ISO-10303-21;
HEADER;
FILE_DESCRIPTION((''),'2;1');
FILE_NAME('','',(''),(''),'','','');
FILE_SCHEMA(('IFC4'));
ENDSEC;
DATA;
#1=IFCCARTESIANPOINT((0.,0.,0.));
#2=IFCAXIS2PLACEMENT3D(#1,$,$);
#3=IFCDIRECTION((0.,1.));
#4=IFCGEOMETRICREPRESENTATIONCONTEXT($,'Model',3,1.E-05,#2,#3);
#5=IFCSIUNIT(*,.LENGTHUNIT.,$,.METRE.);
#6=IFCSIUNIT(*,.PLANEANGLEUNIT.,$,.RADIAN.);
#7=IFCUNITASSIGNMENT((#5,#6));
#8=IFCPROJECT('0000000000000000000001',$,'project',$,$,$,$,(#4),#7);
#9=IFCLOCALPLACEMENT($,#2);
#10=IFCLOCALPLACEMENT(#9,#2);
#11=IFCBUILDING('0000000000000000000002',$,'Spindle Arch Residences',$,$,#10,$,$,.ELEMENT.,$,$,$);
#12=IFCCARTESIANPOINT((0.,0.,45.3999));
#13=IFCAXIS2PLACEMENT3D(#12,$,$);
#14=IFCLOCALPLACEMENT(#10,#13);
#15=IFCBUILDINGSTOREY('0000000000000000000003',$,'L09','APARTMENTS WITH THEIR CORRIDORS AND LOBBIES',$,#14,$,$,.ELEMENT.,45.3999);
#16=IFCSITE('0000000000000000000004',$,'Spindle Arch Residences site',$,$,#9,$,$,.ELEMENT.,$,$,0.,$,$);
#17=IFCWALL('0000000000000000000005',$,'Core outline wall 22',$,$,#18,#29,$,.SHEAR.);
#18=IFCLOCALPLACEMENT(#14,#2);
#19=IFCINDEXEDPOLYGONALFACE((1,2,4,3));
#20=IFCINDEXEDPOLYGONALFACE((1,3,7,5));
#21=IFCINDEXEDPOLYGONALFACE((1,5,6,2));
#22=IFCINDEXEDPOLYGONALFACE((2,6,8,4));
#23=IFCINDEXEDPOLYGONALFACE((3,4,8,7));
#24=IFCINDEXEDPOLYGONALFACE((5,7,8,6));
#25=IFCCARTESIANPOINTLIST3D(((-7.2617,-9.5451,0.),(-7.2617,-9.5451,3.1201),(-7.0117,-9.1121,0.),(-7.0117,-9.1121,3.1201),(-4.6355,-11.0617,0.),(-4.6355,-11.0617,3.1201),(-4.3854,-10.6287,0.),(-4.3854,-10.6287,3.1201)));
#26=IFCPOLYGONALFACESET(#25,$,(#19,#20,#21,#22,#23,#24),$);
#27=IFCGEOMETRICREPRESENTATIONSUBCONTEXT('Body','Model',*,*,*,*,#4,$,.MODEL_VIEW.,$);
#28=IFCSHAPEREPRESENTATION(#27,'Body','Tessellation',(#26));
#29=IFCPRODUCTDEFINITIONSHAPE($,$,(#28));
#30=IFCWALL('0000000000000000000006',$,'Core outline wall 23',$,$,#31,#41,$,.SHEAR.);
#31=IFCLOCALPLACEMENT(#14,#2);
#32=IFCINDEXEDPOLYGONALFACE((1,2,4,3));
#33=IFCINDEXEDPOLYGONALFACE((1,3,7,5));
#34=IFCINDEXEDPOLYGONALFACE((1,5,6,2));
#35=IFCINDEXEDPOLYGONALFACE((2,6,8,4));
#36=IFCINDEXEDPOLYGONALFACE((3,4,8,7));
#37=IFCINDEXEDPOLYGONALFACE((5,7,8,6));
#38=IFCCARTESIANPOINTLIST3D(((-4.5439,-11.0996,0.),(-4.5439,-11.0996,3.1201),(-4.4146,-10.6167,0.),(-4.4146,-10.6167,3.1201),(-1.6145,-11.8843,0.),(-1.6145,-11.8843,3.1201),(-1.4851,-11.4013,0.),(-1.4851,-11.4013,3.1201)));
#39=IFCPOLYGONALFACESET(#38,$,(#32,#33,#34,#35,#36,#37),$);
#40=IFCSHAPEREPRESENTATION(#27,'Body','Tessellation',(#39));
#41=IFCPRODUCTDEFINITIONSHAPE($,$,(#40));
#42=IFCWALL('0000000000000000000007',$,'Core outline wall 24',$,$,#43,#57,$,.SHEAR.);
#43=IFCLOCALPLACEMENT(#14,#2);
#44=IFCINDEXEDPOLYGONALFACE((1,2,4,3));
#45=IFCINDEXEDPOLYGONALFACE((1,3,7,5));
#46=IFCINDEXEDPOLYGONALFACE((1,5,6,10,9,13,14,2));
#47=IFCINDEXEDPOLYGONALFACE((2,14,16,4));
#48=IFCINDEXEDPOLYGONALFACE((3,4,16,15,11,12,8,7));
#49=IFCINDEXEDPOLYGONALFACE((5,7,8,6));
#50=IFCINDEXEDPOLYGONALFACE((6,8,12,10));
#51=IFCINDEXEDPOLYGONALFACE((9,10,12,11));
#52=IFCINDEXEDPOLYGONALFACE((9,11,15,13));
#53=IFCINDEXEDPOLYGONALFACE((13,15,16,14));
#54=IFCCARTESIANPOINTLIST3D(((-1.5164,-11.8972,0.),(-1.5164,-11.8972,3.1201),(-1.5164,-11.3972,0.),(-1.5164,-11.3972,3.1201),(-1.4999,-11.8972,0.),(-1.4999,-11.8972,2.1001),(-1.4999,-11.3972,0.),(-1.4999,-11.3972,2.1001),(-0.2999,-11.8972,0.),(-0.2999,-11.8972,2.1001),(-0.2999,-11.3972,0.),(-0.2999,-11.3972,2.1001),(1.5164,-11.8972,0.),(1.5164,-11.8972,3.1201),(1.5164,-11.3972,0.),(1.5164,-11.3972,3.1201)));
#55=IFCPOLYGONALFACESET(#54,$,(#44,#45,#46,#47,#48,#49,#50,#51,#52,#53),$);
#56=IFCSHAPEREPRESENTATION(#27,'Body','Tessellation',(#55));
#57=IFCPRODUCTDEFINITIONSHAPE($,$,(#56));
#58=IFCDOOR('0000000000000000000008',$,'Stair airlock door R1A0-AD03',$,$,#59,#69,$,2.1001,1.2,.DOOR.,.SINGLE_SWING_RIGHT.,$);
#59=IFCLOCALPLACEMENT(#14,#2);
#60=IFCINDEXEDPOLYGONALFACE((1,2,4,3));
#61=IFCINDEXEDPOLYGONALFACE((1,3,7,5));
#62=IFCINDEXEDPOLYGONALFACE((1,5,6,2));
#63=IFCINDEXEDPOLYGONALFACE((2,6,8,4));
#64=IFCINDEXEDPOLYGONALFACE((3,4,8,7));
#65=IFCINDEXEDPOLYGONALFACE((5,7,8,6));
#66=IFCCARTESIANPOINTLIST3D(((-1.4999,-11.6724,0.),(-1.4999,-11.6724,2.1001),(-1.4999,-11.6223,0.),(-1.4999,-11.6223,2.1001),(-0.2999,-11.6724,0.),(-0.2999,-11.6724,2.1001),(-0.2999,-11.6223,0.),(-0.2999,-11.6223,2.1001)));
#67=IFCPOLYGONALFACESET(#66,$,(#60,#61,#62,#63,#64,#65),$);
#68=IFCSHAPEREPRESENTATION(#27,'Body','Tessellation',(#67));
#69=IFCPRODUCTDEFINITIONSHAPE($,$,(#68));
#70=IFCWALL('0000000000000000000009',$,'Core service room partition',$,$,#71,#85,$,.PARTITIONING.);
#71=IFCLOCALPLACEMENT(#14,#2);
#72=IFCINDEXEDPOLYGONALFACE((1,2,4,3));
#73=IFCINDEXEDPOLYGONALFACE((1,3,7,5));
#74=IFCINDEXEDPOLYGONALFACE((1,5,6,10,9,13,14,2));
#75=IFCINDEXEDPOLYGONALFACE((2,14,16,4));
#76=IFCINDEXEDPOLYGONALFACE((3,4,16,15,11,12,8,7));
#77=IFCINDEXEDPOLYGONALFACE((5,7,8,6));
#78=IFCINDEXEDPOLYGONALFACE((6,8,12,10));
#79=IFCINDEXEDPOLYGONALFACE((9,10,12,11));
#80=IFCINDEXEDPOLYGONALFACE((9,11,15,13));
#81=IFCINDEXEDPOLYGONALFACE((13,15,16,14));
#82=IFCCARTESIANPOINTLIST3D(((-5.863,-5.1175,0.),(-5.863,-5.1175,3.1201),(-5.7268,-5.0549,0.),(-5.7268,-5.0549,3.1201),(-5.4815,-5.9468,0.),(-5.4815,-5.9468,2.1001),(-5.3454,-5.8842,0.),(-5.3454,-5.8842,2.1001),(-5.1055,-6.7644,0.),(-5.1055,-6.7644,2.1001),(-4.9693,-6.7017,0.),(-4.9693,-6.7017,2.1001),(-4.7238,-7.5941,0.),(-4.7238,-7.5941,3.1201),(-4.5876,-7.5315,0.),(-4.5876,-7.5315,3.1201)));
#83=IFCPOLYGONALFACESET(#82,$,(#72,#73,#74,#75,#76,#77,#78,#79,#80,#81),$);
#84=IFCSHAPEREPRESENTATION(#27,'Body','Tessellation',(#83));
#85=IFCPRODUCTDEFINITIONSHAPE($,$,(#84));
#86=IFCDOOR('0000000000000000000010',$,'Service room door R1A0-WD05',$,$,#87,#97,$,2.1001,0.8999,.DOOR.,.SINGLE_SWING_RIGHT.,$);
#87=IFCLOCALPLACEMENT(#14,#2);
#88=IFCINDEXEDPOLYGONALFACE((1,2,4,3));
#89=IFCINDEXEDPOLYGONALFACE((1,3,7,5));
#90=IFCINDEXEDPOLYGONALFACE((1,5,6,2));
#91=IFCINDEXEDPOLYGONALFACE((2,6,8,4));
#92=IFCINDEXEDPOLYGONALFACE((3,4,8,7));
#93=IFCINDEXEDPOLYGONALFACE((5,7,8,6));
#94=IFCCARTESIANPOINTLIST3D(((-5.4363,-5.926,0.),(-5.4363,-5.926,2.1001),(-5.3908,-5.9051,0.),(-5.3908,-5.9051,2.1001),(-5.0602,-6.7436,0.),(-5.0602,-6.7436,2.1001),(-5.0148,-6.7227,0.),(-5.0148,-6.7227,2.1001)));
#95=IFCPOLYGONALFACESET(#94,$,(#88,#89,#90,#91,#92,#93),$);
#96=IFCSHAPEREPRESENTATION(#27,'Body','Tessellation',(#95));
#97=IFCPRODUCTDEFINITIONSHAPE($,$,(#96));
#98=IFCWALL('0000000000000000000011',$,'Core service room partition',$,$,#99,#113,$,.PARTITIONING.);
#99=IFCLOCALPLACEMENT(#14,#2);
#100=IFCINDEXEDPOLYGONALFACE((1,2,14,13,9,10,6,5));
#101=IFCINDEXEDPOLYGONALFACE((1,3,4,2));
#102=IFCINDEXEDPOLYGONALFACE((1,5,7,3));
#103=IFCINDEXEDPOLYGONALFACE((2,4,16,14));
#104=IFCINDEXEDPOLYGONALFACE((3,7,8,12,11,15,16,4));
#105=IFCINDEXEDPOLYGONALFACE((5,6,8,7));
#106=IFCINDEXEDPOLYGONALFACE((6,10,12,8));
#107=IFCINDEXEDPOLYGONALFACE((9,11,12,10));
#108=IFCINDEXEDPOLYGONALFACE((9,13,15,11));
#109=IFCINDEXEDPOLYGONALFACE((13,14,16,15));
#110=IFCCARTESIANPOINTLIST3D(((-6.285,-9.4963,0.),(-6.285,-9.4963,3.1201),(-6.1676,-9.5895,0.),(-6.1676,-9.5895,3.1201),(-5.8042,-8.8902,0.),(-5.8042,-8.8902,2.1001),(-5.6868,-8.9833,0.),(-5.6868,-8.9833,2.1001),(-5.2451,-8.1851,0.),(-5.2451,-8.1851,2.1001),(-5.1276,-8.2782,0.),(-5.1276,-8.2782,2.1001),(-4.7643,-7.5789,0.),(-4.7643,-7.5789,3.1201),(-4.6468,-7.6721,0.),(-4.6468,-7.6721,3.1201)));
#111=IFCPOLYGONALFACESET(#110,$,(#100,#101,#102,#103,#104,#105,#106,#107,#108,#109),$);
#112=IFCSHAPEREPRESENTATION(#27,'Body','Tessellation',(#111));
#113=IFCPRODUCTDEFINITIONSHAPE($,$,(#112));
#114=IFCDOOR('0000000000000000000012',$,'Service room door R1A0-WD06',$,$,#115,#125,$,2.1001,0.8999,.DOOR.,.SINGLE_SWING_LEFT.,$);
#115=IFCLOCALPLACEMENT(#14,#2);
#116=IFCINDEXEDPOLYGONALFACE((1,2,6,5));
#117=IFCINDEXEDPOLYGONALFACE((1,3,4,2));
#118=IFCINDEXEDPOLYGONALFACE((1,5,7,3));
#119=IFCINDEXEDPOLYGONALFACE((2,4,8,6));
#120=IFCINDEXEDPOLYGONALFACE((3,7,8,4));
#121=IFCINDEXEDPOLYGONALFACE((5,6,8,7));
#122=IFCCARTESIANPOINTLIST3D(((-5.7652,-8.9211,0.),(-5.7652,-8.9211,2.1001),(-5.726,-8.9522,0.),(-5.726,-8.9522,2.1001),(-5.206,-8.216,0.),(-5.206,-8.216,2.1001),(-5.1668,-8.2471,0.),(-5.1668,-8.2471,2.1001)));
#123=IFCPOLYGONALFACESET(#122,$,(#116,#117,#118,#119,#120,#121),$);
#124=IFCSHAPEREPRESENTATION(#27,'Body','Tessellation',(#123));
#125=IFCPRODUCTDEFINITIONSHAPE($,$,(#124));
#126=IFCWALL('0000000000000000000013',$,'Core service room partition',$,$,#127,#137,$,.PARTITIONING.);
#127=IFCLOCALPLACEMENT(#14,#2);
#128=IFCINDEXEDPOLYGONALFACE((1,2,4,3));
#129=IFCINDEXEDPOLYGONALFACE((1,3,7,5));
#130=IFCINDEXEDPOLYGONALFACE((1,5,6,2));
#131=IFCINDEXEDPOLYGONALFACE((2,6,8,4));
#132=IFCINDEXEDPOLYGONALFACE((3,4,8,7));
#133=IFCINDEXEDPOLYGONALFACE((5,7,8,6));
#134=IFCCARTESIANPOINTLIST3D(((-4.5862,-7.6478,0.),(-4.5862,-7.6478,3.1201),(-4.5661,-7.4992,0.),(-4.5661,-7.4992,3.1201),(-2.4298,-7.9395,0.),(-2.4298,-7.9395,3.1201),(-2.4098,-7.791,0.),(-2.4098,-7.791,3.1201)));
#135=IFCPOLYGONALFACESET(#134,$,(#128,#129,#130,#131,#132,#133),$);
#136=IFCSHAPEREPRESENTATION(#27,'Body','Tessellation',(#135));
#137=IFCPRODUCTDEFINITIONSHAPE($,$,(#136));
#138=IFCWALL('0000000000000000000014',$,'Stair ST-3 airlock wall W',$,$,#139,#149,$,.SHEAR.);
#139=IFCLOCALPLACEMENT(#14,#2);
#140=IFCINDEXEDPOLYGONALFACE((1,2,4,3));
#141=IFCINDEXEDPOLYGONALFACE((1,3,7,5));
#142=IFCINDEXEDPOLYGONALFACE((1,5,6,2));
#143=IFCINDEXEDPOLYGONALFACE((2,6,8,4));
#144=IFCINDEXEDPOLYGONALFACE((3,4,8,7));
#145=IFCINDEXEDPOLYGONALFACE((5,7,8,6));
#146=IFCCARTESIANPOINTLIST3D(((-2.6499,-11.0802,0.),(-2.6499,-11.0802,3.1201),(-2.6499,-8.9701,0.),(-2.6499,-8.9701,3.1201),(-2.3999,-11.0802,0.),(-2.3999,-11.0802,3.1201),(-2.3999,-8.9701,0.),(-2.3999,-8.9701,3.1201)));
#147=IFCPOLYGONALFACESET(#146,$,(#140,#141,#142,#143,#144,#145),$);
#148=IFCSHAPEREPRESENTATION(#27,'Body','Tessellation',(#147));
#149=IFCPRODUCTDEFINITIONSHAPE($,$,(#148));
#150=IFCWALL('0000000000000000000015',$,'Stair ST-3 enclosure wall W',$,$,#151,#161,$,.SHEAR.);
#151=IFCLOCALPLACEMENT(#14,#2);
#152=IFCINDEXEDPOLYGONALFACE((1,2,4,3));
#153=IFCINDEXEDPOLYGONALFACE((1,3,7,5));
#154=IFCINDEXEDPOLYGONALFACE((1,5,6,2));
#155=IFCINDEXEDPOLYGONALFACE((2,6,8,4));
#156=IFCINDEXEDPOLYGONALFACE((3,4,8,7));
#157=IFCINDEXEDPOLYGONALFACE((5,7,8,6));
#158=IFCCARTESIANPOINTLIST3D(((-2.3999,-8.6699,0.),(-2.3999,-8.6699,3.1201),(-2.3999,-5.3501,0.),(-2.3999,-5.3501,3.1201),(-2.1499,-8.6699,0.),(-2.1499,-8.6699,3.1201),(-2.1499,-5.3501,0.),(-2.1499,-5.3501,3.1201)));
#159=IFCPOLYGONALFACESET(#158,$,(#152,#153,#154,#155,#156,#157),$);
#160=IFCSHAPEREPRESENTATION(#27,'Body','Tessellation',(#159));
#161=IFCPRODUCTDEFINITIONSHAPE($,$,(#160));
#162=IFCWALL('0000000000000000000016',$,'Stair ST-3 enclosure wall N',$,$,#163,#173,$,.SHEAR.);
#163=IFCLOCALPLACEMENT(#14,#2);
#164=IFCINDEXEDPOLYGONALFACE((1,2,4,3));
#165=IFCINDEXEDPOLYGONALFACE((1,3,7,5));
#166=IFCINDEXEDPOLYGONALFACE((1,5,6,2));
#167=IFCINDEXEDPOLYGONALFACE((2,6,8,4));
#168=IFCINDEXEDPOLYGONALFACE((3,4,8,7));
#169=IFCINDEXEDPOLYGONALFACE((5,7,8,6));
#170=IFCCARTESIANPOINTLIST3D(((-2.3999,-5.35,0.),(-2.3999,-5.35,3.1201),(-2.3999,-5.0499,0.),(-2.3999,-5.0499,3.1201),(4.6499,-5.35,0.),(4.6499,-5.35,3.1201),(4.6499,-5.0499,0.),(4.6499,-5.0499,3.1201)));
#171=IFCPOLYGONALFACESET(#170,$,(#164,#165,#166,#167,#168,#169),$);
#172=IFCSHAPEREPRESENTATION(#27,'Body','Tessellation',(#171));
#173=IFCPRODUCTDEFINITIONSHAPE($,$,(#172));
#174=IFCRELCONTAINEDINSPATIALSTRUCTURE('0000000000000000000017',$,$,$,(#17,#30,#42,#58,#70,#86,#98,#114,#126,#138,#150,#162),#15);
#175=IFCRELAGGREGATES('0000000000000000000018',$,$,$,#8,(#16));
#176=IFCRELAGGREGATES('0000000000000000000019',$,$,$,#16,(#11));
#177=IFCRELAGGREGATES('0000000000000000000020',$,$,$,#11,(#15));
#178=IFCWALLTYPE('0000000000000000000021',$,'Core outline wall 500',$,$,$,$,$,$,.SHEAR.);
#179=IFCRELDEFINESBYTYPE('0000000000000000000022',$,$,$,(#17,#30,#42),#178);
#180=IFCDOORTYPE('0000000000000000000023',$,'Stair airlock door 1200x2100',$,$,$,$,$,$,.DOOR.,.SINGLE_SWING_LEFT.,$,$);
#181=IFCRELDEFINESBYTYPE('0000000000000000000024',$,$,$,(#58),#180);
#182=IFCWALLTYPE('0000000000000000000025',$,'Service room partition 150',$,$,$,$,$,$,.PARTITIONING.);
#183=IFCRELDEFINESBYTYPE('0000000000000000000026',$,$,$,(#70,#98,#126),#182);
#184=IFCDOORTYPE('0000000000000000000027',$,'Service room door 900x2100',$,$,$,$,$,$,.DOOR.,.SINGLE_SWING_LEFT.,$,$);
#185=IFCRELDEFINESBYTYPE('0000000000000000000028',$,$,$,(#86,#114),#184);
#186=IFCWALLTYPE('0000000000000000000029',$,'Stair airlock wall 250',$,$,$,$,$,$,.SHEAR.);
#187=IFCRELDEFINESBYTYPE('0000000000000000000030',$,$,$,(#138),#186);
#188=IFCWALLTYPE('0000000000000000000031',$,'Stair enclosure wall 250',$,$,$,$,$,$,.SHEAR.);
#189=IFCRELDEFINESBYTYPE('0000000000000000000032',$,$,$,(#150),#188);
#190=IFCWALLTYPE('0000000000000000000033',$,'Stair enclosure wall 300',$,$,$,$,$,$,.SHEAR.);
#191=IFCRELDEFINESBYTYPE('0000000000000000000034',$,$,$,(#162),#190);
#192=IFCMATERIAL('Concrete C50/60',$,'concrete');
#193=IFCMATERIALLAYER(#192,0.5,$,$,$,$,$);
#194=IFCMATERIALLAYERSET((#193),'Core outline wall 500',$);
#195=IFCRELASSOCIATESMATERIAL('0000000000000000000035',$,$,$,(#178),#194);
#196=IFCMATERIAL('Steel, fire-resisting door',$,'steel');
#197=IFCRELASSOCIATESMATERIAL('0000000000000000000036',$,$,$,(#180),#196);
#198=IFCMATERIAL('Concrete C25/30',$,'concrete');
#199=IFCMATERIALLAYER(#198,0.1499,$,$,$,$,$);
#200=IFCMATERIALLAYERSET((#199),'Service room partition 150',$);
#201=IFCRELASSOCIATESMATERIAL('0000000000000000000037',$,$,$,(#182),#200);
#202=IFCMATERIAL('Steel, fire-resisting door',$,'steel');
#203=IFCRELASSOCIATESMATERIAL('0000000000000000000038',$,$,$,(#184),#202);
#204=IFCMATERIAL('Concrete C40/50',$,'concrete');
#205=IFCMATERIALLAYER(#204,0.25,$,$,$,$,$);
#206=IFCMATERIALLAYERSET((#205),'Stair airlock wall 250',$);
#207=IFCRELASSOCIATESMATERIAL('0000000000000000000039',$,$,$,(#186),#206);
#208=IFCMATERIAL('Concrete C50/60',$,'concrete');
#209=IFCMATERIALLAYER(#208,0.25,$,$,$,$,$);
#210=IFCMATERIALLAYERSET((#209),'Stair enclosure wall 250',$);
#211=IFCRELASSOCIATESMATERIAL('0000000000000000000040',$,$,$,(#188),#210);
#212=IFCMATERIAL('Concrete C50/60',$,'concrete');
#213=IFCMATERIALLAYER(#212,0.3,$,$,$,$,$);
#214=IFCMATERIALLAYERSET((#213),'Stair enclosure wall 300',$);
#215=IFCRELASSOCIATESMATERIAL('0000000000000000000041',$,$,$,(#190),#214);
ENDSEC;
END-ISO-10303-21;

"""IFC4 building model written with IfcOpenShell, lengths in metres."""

from ifc_helpers import new_model, si_unit, direction, frame, frame_2d, origin, place, context, subcontext, project, spatial, rectangle, extrude, material, layer, layer_set, type_object, element, fill, save


model = new_model("IFC4")

# Units and contexts
model_context = context("Model", 3, precision=1e-05, world=origin(), true_north=direction((0.0, 1.0)))
body_context = subcontext(model_context, "Body", "Model", "MODEL_VIEW")
ifc_project = project(units=[si_unit("LENGTHUNIT", "METRE"), si_unit("PLANEANGLEUNIT", "RADIAN")], contexts=[model_context])

# Site, building, storey
site_placement = place(None, origin())
site = spatial("IfcSite", under=ifc_project, at=site_placement, Name="Spindle Arch Residences site", CompositionType="ELEMENT", RefElevation=0.0)
building_placement = place(site_placement, origin())
building = spatial("IfcBuilding", under=site, at=building_placement, Name="Spindle Arch Residences", CompositionType="ELEMENT")
storey_placement = place(building_placement, frame((0.0, 0.0, 45.3999)))
storey = spatial("IfcBuildingStorey", under=building, at=storey_placement, Name="L09", Description="APARTMENTS WITH THEIR CORRIDORS AND LOBBIES", CompositionType="ELEMENT", Elevation=45.3999)

# Walls
ifc_material_1 = material(Name="Concrete C50/60", Category="concrete")
ifc_layer_1 = layer(ifc_material_1, 0.5)
ifc_layer_set_1 = layer_set([ifc_layer_1], Name="Core outline wall 500")
wall_type_1 = type_object("IfcWallType", Name="Core outline wall 500", PredefinedType="SHEAR", material=ifc_layer_set_1)
for number, where, z_axis, x_axis, name in (
    (1, (-7.1367, -9.3286, 0.0), (0.0, 0.0, 1.0), (0.865975, -0.500087, 0.0), "Core outline wall 22"),
    (2, (-4.4792, -10.8582, 0.0), (0.0, 0.0, 1.0), (0.965948, -0.258735, 0.0), "Core outline wall 23"),
):
    element("IfcWall", number, at=place(storey_placement, frame(where, z_axis=z_axis, x_axis=x_axis)), inside=storey, type_object=wall_type_1, Name=name, PredefinedType="SHEAR", context=body_context, shape_type="SweptSolid", body=[
        extrude(rectangle(XDim=3.0327, YDim=0.5, at=frame_2d((1.5164, 0.0))), origin(), (0.0, 0.0, 1.0), 3.1201),
    ])

# Walls, openings, doors
wall_1_placement = place(storey_placement, frame((-1.5164, -11.6472, 0.0), z_axis=(0.0, 0.0, 1.0), x_axis=(1.0, 0.0, 0.0)))
wall_1 = element("IfcWall", 3, at=wall_1_placement, inside=storey, type_object=wall_type_1, Name="Core outline wall 24", PredefinedType="SHEAR", context=body_context, shape_type="SweptSolid", body=[
    extrude(rectangle(XDim=3.0327, YDim=0.5, at=frame_2d((1.5164, 0.0))), origin(), (0.0, 0.0, 1.0), 3.1201),
])
opening_1_placement = place(wall_1_placement, frame((0.0164, 0.0, 0.0)))
opening_1 = element("IfcOpeningElement", 4, at=opening_1_placement, cuts=wall_1, PredefinedType="OPENING", context=body_context, shape_type="SweptSolid", body=[
    extrude(rectangle(XDim=1.2, YDim=2.1001, at=frame_2d((0.6001, 1.05))), frame((0.0, 0.26, 0.0), z_axis=(0.0, -1.0, 0.0), x_axis=(1.0, 0.0, 0.0)), (0.0, 0.0, 1.0), 0.52),
])
ifc_material_2 = material(Name="Steel, fire-resisting door", Category="steel")
door_type_1 = type_object("IfcDoorType", Name="Stair airlock door 1200x2100", OperationType="SINGLE_SWING_LEFT", PredefinedType="DOOR", material=ifc_material_2)
door_1_placement = place(opening_1_placement, origin())
door_1 = element("IfcDoor", 5, at=door_1_placement, inside=storey, type_object=door_type_1, Name="Stair airlock door R1A0-AD03", OperationType="SINGLE_SWING_RIGHT", OverallHeight=2.1001, OverallWidth=1.2, PredefinedType="DOOR", context=body_context, shape_type="SweptSolid", body=[
    extrude(rectangle(XDim=1.2, YDim=2.1001, at=frame_2d((0.6001, 1.05))), frame((0.0, 0.0249, 0.0), z_axis=(0.0, -1.0, 0.0), x_axis=(1.0, 0.0, 0.0)), (0.0, 0.0, 1.0), 0.05),
])
fill(opening_1, door_1)
ifc_material_3 = material(Name="Concrete C25/30", Category="concrete")
ifc_layer_2 = layer(ifc_material_3, 0.1499)
ifc_layer_set_2 = layer_set([ifc_layer_2], Name="Service room partition 150")
wall_type_2 = type_object("IfcWallType", Name="Service room partition 150", PredefinedType="PARTITIONING", material=ifc_layer_set_2)
wall_2_placement = place(storey_placement, frame((-5.7949, -5.0862, 0.0), z_axis=(0.0, 0.0, 1.0), x_axis=(0.417888, -0.908499, 0.0)))
wall_2 = element("IfcWall", 6, at=wall_2_placement, inside=storey, type_object=wall_type_2, Name="Core service room partition", PredefinedType="PARTITIONING", context=body_context, shape_type="SweptSolid", body=[
    extrude(rectangle(XDim=2.7261, YDim=0.1499, at=frame_2d((1.363, 0.0))), origin(), (0.0, 0.0, 1.0), 3.1201),
])
opening_2_placement = place(wall_2_placement, frame((0.9128, 0.0, 0.0)))
opening_2 = element("IfcOpeningElement", 7, at=opening_2_placement, cuts=wall_2, PredefinedType="OPENING", context=body_context, shape_type="SweptSolid", body=[
    extrude(rectangle(XDim=0.8999, YDim=2.1001, at=frame_2d((0.45, 1.05))), frame((0.0, 0.085, 0.0), z_axis=(0.0, -1.0, 0.0), x_axis=(1.0, 0.0, 0.0)), (0.0, 0.0, 1.0), 0.1699),
])
ifc_material_4 = material(Name="Steel, fire-resisting door", Category="steel")
door_type_2 = type_object("IfcDoorType", Name="Service room door 900x2100", OperationType="SINGLE_SWING_LEFT", PredefinedType="DOOR", material=ifc_material_4)
door_2_placement = place(opening_2_placement, origin())
door_2 = element("IfcDoor", 8, at=door_2_placement, inside=storey, type_object=door_type_2, Name="Service room door R1A0-WD05", OperationType="SINGLE_SWING_RIGHT", OverallHeight=2.1001, OverallWidth=0.8999, PredefinedType="DOOR", context=body_context, shape_type="SweptSolid", body=[
    extrude(rectangle(XDim=0.8999, YDim=2.1001, at=frame_2d((0.45, 1.05))), frame((0.0, 0.0249, 0.0), z_axis=(0.0, -1.0, 0.0), x_axis=(1.0, 0.0, 0.0)), (0.0, 0.0, 1.0), 0.05),
])
fill(opening_2, door_2)
wall_3_placement = place(storey_placement, frame((-4.7056, -7.6255, 0.0), z_axis=(0.0, 0.0, 1.0), x_axis=(-0.621393, -0.783499, 0.0)))
wall_3 = element("IfcWall", 9, at=wall_3_placement, inside=storey, type_object=wall_type_2, Name="Core service room partition", PredefinedType="PARTITIONING", context=body_context, shape_type="SweptSolid", body=[
    extrude(rectangle(XDim=2.4473, YDim=0.1499, at=frame_2d((1.2236, 0.0))), origin(), (0.0, 0.0, 1.0), 3.1201),
])
opening_3_placement = place(wall_3_placement, frame((0.7737, 0.0, 0.0)))
opening_3 = element("IfcOpeningElement", 10, at=opening_3_placement, cuts=wall_3, PredefinedType="OPENING", context=body_context, shape_type="SweptSolid", body=[
    extrude(rectangle(XDim=0.8999, YDim=2.1001, at=frame_2d((0.45, 1.05))), frame((0.0, 0.085, 0.0), z_axis=(0.0, -1.0, 0.0), x_axis=(1.0, 0.0, 0.0)), (0.0, 0.0, 1.0), 0.1699),
])
door_3_placement = place(opening_3_placement, origin())
door_3 = element("IfcDoor", 11, at=door_3_placement, inside=storey, type_object=door_type_2, Name="Service room door R1A0-WD06", OperationType="SINGLE_SWING_LEFT", OverallHeight=2.1001, OverallWidth=0.8999, PredefinedType="DOOR", context=body_context, shape_type="SweptSolid", body=[
    extrude(rectangle(XDim=0.8999, YDim=2.1001, at=frame_2d((0.45, 1.05))), frame((0.0, 0.0249, 0.0), z_axis=(0.0, -1.0, 0.0), x_axis=(1.0, 0.0, 0.0)), (0.0, 0.0, 1.0), 0.05),
])
fill(opening_3, door_3)

# Walls
wall_4_placement = place(storey_placement, frame((-2.4199, -7.8652, 0.0), z_axis=(0.0, 0.0, 1.0), x_axis=(-0.990972, 0.134067, 0.0)))
element("IfcWall", 12, at=wall_4_placement, inside=storey, type_object=wall_type_2, Name="Core service room partition", PredefinedType="PARTITIONING", context=body_context, shape_type="SweptSolid", body=[
    extrude(rectangle(XDim=2.176, YDim=0.1499, at=frame_2d((1.0879, 0.0))), origin(), (0.0, 0.0, 1.0), 3.1201),
])
ifc_material_5 = material(Name="Concrete C40/50", Category="concrete")
ifc_layer_3 = layer(ifc_material_5, 0.25)
ifc_layer_set_3 = layer_set([ifc_layer_3], Name="Stair airlock wall 250")
wall_type_3 = type_object("IfcWallType", Name="Stair airlock wall 250", PredefinedType="SHEAR", material=ifc_layer_set_3)
wall_5_placement = place(storey_placement, frame((-2.5249, -8.97, 0.0), z_axis=(0.0, 0.0, 1.0), x_axis=(0.0, -1.0, 0.0)))
element("IfcWall", 13, at=wall_5_placement, inside=storey, type_object=wall_type_3, Name="Stair ST-3 airlock wall W", PredefinedType="SHEAR", context=body_context, shape_type="SweptSolid", body=[
    extrude(rectangle(XDim=2.1101, YDim=0.25, at=frame_2d((1.0552, 0.0))), origin(), (0.0, 0.0, 1.0), 3.1201),
])
ifc_material_6 = material(Name="Concrete C50/60", Category="concrete")
ifc_layer_4 = layer(ifc_material_6, 0.25)
ifc_layer_set_4 = layer_set([ifc_layer_4], Name="Stair enclosure wall 250")
wall_type_4 = type_object("IfcWallType", Name="Stair enclosure wall 250", PredefinedType="SHEAR", material=ifc_layer_set_4)
wall_6_placement = place(storey_placement, frame((-2.2749, -8.6699, 0.0), z_axis=(0.0, 0.0, 1.0), x_axis=(0.0, 1.0, 0.0)))
element("IfcWall", 14, at=wall_6_placement, inside=storey, type_object=wall_type_4, Name="Stair ST-3 enclosure wall W", PredefinedType="SHEAR", context=body_context, shape_type="SweptSolid", body=[
    extrude(rectangle(XDim=3.3198, YDim=0.25, at=frame_2d((1.6599, 0.0))), origin(), (0.0, 0.0, 1.0), 3.1201),
])
ifc_material_7 = material(Name="Concrete C50/60", Category="concrete")
ifc_layer_5 = layer(ifc_material_7, 0.3)
ifc_layer_set_5 = layer_set([ifc_layer_5], Name="Stair enclosure wall 300")
wall_type_5 = type_object("IfcWallType", Name="Stair enclosure wall 300", PredefinedType="SHEAR", material=ifc_layer_set_5)
wall_7_placement = place(storey_placement, frame((-2.3999, -5.2, 0.0), z_axis=(0.0, 0.0, 1.0), x_axis=(1.0, 0.0, 0.0)))
element("IfcWall", 15, at=wall_7_placement, inside=storey, type_object=wall_type_5, Name="Stair ST-3 enclosure wall N", PredefinedType="SHEAR", context=body_context, shape_type="SweptSolid", body=[
    extrude(rectangle(XDim=7.0498, YDim=0.3, at=frame_2d((3.5249, 0.0))), origin(), (0.0, 0.0, 1.0), 3.1201),
])

save(model, "model.ifc")
